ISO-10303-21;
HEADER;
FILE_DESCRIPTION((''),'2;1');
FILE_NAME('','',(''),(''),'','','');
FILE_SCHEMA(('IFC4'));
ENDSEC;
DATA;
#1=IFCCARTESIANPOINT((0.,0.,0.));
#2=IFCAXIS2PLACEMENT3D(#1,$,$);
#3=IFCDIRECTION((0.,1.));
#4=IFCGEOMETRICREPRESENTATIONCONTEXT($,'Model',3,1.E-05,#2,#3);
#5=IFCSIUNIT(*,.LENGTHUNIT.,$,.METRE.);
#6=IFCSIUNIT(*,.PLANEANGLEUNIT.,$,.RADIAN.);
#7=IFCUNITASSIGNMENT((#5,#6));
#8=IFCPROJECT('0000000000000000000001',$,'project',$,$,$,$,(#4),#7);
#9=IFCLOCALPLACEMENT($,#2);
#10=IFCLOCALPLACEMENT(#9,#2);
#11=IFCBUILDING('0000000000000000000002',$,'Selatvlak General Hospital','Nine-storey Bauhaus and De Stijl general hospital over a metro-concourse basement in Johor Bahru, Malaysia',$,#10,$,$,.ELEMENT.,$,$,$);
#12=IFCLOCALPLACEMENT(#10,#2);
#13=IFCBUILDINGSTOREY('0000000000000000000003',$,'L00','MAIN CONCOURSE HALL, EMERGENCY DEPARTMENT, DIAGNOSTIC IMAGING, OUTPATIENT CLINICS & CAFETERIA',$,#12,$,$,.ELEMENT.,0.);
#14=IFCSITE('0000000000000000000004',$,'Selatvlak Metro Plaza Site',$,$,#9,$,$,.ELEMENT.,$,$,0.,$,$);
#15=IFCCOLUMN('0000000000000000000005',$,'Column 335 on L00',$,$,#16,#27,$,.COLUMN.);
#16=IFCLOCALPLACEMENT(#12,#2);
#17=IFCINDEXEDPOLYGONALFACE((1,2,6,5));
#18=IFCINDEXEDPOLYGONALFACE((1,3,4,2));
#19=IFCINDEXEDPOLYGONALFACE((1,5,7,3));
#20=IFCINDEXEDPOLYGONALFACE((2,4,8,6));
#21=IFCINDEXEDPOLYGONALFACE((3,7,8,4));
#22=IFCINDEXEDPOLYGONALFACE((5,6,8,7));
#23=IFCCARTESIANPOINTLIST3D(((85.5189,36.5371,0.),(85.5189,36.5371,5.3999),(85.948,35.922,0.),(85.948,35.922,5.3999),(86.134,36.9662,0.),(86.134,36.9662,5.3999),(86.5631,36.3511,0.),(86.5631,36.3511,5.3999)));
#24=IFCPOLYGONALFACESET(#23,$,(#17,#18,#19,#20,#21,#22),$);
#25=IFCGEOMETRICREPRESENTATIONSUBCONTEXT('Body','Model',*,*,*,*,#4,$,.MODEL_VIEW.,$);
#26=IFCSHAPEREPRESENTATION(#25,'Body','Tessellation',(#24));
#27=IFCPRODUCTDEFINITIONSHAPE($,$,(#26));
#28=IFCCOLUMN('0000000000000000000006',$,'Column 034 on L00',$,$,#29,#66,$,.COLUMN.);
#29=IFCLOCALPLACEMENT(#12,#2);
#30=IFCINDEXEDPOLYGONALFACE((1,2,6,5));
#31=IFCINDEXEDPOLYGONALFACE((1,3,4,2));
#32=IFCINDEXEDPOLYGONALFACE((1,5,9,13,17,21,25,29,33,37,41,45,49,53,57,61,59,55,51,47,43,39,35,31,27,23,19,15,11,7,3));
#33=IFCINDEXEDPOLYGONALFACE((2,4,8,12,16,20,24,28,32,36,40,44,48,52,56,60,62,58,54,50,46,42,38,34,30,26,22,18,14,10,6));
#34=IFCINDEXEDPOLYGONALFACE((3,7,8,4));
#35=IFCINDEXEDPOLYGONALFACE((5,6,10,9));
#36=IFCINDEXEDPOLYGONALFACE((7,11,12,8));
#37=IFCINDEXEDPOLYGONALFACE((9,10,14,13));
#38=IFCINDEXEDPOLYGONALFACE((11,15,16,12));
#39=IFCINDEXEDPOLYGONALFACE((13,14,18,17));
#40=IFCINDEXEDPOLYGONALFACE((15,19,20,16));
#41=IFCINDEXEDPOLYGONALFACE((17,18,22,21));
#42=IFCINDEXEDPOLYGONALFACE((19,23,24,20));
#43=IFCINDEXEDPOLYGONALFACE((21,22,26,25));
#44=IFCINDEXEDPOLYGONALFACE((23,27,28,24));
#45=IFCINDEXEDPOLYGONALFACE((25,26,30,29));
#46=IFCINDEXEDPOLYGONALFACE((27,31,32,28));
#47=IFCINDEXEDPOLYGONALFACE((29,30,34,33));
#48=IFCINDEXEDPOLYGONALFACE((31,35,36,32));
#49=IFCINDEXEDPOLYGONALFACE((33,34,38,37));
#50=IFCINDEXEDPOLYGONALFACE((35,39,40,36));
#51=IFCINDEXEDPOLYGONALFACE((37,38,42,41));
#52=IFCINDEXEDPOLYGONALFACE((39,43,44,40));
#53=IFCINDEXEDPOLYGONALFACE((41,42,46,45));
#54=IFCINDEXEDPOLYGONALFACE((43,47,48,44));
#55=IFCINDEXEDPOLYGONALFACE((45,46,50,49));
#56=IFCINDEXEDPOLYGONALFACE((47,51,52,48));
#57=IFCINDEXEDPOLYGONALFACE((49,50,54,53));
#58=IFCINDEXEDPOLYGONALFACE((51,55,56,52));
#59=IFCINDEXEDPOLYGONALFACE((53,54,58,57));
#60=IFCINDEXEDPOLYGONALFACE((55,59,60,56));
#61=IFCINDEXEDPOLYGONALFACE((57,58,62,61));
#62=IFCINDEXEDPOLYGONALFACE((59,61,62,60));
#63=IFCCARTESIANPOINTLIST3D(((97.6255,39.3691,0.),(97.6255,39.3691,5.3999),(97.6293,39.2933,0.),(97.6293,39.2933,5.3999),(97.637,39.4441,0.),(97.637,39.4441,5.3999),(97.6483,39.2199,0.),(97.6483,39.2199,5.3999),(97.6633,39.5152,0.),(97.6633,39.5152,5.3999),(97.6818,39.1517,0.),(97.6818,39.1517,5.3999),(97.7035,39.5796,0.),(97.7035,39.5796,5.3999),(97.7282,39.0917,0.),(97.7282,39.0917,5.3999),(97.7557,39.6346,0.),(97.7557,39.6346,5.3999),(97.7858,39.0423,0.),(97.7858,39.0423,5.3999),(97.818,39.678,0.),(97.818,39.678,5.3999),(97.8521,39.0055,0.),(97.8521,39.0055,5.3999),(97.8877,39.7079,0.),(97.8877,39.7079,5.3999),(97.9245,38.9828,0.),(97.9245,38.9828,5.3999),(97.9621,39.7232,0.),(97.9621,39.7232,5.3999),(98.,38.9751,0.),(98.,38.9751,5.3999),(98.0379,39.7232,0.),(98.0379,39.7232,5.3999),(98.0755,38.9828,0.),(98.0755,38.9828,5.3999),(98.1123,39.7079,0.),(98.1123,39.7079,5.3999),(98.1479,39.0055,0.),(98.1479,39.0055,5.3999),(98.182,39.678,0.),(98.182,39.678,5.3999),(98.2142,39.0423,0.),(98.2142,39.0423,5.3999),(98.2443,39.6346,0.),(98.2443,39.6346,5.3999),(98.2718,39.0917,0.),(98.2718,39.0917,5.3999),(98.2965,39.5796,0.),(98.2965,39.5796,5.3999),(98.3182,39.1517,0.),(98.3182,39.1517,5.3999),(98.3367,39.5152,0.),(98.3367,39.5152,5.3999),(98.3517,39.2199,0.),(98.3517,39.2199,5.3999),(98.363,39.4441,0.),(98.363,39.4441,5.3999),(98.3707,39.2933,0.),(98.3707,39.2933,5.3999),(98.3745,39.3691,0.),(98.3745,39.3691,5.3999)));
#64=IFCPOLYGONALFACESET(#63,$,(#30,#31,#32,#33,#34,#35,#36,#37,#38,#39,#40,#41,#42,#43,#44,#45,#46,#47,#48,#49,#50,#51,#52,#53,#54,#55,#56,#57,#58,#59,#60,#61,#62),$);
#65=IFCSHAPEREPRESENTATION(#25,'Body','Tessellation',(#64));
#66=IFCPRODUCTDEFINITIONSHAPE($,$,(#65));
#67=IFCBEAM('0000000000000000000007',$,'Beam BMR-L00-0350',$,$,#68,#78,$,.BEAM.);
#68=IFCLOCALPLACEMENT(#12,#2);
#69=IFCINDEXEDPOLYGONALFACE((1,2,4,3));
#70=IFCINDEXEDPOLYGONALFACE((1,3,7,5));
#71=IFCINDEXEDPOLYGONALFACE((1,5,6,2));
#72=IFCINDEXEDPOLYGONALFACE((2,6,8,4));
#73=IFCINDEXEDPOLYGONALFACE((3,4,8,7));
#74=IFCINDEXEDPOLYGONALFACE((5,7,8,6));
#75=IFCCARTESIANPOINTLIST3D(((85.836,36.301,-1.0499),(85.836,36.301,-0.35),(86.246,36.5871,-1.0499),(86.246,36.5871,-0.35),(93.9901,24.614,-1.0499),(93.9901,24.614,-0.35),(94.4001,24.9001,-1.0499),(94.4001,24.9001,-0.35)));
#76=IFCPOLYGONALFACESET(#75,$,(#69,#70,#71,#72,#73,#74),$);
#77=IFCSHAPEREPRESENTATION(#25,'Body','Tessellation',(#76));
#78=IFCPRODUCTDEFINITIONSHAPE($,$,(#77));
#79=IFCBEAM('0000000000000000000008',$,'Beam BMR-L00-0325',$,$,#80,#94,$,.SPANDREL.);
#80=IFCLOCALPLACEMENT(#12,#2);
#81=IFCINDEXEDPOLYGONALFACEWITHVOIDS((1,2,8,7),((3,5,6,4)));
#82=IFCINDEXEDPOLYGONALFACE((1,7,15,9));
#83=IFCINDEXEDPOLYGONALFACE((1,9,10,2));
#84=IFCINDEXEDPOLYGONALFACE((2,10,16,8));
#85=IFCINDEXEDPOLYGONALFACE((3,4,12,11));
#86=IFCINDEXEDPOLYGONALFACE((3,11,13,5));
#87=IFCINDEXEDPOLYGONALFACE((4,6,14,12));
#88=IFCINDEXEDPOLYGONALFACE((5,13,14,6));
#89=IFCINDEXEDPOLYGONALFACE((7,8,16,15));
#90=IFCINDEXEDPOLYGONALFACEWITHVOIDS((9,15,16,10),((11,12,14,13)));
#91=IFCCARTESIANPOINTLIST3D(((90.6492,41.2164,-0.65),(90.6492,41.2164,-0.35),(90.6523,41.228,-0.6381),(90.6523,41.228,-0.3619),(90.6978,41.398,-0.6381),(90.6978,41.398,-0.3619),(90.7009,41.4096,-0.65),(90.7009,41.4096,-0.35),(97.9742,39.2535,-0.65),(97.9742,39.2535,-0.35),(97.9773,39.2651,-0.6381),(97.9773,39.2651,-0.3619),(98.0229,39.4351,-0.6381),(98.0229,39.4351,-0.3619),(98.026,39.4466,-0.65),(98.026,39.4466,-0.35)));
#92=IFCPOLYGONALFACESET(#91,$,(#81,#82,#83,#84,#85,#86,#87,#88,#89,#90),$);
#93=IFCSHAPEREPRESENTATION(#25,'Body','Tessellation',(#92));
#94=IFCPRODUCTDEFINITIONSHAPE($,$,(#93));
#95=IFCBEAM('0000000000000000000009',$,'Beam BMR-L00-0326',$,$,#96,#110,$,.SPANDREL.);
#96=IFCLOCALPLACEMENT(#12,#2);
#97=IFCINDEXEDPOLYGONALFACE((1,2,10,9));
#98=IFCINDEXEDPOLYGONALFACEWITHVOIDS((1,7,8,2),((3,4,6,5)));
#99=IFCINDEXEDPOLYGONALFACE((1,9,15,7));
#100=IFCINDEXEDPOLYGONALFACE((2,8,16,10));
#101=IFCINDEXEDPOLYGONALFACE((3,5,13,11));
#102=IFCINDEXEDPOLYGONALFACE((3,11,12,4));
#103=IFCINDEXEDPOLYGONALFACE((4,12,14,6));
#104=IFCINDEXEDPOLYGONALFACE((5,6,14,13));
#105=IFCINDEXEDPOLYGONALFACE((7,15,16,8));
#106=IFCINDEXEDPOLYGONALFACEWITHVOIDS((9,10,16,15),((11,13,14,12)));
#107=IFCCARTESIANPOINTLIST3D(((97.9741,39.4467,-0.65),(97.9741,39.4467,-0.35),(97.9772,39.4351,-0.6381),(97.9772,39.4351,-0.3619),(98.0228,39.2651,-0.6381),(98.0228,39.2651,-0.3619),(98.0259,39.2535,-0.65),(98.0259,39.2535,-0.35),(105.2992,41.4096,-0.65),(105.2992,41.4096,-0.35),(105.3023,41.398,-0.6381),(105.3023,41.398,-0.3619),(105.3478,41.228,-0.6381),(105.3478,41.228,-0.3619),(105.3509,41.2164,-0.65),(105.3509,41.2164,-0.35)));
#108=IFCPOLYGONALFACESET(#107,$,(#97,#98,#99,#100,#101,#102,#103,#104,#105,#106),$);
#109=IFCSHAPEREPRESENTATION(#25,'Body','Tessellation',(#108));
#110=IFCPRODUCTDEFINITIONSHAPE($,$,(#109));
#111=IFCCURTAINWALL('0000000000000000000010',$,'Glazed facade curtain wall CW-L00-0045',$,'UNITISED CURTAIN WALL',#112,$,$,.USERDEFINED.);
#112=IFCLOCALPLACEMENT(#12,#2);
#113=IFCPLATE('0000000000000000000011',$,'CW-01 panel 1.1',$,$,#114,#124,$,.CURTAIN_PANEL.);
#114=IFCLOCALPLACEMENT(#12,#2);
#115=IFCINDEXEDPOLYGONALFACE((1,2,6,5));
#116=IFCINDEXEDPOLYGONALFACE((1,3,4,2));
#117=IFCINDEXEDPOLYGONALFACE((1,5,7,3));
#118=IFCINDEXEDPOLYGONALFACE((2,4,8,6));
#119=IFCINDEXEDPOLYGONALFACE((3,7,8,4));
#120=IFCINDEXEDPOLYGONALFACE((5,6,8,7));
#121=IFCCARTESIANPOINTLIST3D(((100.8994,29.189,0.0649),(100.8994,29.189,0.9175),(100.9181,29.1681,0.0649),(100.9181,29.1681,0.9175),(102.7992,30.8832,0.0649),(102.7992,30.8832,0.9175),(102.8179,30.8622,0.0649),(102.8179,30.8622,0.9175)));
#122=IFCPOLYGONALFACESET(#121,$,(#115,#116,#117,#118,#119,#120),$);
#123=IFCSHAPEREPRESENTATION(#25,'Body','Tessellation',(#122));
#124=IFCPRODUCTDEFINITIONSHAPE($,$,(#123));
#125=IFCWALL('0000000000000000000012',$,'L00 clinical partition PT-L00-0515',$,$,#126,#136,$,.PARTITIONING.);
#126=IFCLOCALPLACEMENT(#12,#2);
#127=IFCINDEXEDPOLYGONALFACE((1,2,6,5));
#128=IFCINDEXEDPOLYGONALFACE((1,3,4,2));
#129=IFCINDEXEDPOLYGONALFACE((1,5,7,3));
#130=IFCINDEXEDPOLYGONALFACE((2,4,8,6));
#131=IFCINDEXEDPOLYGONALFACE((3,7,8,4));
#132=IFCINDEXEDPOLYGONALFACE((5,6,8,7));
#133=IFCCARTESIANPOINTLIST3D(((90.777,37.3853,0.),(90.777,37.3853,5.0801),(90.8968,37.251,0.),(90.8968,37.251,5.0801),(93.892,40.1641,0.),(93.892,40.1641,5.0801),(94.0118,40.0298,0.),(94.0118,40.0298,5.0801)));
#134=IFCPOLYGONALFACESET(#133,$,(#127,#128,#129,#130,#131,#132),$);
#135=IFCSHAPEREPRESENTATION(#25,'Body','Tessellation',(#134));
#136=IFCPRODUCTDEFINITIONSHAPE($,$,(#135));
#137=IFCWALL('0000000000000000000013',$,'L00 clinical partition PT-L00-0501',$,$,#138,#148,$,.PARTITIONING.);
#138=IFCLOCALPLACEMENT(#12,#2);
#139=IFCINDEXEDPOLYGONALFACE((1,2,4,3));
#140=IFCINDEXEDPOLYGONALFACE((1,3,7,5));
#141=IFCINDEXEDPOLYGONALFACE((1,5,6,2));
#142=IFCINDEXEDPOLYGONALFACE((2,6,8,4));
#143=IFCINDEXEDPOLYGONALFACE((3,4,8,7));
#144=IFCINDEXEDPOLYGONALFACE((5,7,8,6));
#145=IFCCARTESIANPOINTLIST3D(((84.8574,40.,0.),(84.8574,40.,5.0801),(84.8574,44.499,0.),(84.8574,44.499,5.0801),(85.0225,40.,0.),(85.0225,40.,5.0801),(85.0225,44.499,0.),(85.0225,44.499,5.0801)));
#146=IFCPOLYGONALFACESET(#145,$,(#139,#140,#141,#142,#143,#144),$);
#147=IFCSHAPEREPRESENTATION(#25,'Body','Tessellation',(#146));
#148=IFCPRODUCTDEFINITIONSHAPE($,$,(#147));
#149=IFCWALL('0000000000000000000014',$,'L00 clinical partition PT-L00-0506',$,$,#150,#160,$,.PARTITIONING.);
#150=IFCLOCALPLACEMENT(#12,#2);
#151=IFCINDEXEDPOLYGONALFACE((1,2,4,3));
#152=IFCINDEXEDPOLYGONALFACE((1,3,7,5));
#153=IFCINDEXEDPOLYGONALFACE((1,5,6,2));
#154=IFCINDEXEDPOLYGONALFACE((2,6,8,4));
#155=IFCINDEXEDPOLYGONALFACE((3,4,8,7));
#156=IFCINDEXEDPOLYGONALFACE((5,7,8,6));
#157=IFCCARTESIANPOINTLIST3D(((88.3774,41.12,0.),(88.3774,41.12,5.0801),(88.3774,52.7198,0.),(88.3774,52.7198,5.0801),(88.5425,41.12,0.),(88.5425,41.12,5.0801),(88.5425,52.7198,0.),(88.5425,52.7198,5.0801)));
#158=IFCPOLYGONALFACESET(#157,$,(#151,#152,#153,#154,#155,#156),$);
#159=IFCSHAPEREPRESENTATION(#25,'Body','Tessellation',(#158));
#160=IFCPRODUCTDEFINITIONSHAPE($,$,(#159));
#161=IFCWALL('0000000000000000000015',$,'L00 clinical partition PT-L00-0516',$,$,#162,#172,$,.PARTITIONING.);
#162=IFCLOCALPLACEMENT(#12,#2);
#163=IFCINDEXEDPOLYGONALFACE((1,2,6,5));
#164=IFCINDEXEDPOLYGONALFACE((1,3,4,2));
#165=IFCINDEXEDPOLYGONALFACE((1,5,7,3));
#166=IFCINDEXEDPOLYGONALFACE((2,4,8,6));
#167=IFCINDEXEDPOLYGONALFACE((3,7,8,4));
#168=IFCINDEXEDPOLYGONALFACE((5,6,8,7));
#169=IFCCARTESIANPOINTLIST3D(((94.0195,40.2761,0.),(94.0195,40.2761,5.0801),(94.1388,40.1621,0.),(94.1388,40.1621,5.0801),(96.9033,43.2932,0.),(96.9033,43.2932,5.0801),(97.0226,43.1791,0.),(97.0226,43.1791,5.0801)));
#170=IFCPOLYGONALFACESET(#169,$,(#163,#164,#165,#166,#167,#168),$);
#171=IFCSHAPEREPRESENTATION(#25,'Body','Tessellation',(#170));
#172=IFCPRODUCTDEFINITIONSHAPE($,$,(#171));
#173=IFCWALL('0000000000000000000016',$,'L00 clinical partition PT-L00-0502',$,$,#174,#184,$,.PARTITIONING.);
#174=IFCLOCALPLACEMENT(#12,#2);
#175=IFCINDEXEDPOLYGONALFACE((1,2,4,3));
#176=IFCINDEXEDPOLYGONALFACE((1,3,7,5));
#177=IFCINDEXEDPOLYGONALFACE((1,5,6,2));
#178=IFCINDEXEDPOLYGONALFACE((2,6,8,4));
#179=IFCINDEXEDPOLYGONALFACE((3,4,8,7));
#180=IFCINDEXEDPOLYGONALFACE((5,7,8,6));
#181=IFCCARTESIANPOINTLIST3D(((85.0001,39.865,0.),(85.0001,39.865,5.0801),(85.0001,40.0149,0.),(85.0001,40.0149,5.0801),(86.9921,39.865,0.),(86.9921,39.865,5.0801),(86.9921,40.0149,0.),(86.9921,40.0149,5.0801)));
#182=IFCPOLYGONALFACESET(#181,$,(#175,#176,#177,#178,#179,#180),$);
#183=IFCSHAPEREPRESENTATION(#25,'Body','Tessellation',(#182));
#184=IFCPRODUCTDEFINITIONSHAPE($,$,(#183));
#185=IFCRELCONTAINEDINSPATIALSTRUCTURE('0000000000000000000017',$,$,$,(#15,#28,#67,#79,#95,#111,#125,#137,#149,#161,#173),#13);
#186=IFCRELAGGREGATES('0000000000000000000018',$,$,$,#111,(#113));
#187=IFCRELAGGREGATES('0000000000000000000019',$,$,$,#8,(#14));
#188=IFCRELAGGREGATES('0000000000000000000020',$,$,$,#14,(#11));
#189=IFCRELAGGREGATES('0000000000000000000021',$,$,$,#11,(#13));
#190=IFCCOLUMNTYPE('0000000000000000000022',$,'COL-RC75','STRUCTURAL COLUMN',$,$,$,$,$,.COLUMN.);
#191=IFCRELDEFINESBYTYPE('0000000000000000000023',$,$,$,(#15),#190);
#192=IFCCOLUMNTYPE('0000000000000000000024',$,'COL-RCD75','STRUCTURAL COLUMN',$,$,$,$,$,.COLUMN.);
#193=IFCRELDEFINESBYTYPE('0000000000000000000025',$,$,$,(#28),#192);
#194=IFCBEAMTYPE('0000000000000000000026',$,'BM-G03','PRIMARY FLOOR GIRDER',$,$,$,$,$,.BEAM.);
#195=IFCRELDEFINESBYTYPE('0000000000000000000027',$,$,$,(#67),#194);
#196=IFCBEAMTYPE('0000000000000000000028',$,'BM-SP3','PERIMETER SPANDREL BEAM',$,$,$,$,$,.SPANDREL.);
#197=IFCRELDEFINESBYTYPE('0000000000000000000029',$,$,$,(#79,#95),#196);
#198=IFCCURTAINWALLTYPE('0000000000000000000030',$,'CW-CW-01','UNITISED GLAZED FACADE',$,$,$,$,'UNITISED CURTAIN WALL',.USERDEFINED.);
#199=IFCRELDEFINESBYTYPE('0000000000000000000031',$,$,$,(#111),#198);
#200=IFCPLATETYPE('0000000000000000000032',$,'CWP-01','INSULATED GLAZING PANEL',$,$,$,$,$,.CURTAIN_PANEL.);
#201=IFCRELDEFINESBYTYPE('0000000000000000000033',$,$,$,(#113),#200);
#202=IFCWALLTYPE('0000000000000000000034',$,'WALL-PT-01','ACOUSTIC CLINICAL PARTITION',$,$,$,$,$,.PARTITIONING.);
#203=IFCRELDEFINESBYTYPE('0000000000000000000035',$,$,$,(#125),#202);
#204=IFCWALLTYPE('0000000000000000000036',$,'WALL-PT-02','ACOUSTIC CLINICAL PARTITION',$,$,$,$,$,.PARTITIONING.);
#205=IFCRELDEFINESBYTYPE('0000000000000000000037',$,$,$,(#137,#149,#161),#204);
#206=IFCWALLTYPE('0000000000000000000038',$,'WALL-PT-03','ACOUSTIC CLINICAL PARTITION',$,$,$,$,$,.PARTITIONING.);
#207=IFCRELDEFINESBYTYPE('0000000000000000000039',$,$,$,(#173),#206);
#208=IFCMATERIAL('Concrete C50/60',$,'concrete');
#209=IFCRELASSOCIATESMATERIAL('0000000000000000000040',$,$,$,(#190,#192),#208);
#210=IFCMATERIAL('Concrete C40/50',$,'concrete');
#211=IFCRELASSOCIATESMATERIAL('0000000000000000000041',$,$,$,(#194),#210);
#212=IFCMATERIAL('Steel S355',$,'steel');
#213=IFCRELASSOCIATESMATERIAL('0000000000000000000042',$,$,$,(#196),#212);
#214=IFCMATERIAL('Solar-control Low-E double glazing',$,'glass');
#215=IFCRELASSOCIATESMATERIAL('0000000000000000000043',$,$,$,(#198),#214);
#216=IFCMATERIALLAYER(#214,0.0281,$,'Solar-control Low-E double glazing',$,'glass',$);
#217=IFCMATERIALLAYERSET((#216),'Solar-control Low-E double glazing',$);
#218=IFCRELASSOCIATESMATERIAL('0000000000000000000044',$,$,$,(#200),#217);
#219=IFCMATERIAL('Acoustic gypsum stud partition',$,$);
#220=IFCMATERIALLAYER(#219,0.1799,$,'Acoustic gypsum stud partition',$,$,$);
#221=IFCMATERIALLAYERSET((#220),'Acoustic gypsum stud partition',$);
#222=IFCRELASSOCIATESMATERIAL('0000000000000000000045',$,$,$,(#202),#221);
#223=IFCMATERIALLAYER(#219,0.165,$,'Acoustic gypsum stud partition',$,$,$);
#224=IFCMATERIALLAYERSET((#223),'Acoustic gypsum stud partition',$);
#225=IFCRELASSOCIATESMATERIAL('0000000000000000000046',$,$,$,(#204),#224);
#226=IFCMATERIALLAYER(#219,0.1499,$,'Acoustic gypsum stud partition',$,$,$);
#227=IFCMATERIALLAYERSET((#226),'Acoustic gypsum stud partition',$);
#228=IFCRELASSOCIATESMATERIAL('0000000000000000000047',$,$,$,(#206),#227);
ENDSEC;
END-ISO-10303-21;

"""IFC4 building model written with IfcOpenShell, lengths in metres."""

from ifc_helpers import new_model, si_unit, direction, frame, frame_2d, origin, origin_2d, place, context, subcontext, project, spatial, rectangle, hollow_rectangle, circle, extrude, material, layer, layer_set, material_profile, profile_set, type_object, element, aggregate, save


model = new_model("IFC4")

# Units and contexts
model_context = context("Model", 3, precision=1e-05, world=origin(), true_north=direction((0.0, 1.0)))
body_context = subcontext(model_context, "Body", "Model", "MODEL_VIEW")
ifc_project = project(units=[si_unit("LENGTHUNIT", "METRE"), si_unit("PLANEANGLEUNIT", "RADIAN")], contexts=[model_context])

# Site, building, storey
site_placement = place(None, origin())
site = spatial("IfcSite", under=ifc_project, at=site_placement, Name="Selatvlak Metro Plaza Site", CompositionType="ELEMENT", RefElevation=0.0)
building_placement = place(site_placement, origin())
building = spatial("IfcBuilding", under=site, at=building_placement, Name="Selatvlak General Hospital", Description="Nine-storey Bauhaus and De Stijl general hospital over a metro-concourse basement in Johor Bahru, Malaysia", CompositionType="ELEMENT")
storey_placement = place(building_placement, origin())
storey = spatial("IfcBuildingStorey", under=building, at=storey_placement, Name="L00", Description="MAIN CONCOURSE HALL, EMERGENCY DEPARTMENT, DIAGNOSTIC IMAGING, OUTPATIENT CLINICS & CAFETERIA", CompositionType="ELEMENT", Elevation=0.0)

# Columns
ifc_material_1 = material(Name="Concrete C50/60", Category="concrete")
ifc_material_profile_1 = material_profile(ifc_material_1, rectangle(XDim=0.75, YDim=0.75, at=origin_2d()), Name="RC-COL 750x750")
ifc_profile_set_1 = profile_set([ifc_material_profile_1], Name="Concrete C50/60")
column_type_1 = type_object("IfcColumnType", Name="COL-RC75", Description="STRUCTURAL COLUMN", PredefinedType="COLUMN", material=ifc_profile_set_1)
column_placement = place(storey_placement, frame((86.041, 36.4441, 0.0), z_axis=(0.0, 0.0, 1.0), x_axis=(-0.572189, 0.820122, 0.0)))
element("IfcColumn", 1, at=column_placement, inside=storey, type_object=column_type_1, Name="Column 335 on L00", PredefinedType="COLUMN", context=body_context, shape_type="SweptSolid", body=[
    extrude(rectangle(XDim=0.75, YDim=0.75, at=origin_2d()), origin(), (0.0, 0.0, 1.0), 5.3999),
])
ifc_material_profile_2 = material_profile(ifc_material_1, circle(Radius=0.375, at=origin_2d()), Name="RC-COL D750")
ifc_profile_set_2 = profile_set([ifc_material_profile_2], Name="Concrete C50/60")
column_type_2 = type_object("IfcColumnType", Name="COL-RCD75", Description="STRUCTURAL COLUMN", PredefinedType="COLUMN", material=ifc_profile_set_2)
for number, where, z_axis, x_axis, name in (
    (2, (98.0, 39.3501, 0.0), (0.0, 0.0, 1.0), (0.0, -1.0, 0.0), "Column 034 on L00"),
):
    element("IfcColumn", number, at=place(storey_placement, frame(where, z_axis=z_axis, x_axis=x_axis)), inside=storey, type_object=column_type_2, Name=name, PredefinedType="COLUMN", context=body_context, shape_type="SweptSolid", body=[
        extrude(circle(Radius=0.375, at=origin_2d()), origin(), (0.0, 0.0, 1.0), 5.3999),
    ])

# Beams
ifc_material_2 = material(Name="Concrete C40/50", Category="concrete")
ifc_material_profile_3 = material_profile(ifc_material_2, rectangle(XDim=0.5, YDim=0.7, at=origin_2d()), Name="RC-BM 500x700")
ifc_profile_set_3 = profile_set([ifc_material_profile_3], Name="Concrete C40/50")
beam_type_1 = type_object("IfcBeamType", Name="BM-G03", Description="PRIMARY FLOOR GIRDER", PredefinedType="BEAM", material=ifc_profile_set_3)
beam_placement = place(storey_placement, frame((86.041, 36.4441, -0.7), z_axis=(0.572197, -0.820116, 0.0), x_axis=(0.820116, 0.572197, 0.0)))
element("IfcBeam", 3, at=beam_placement, inside=storey, type_object=beam_type_1, Name="Beam BMR-L00-0350", PredefinedType="BEAM", context=body_context, shape_type="SweptSolid", body=[
    extrude(rectangle(XDim=0.5, YDim=0.7, at=origin_2d()), origin(), (0.0, 0.0, 1.0), 14.2505),
])
ifc_material_3 = material(Name="Steel S355", Category="steel")
ifc_material_profile_4 = material_profile(ifc_material_3, hollow_rectangle(XDim=0.2, YDim=0.3, WallThickness=0.012, at=origin_2d()), Name="RHS 300x200x12")
ifc_profile_set_4 = profile_set([ifc_material_profile_4], Name="Steel S355")
beam_type_2 = type_object("IfcBeamType", Name="BM-SP3", Description="PERIMETER SPANDREL BEAM", PredefinedType="SPANDREL", material=ifc_profile_set_4)
for number, where, z_axis, x_axis, name in (
    (4, (90.675, 41.313, -0.5), (0.96592, -0.258841, 0.0), (0.258841, 0.96592, 0.0), "Beam BMR-L00-0325"),
    (5, (98.0, 39.3501, -0.5), (0.96592, 0.258841, 0.0), (-0.258841, 0.96592, 0.0), "Beam BMR-L00-0326"),
):
    element("IfcBeam", number, at=place(storey_placement, frame(where, z_axis=z_axis, x_axis=x_axis)), inside=storey, type_object=beam_type_2, Name=name, PredefinedType="SPANDREL", context=body_context, shape_type="SweptSolid", body=[
        extrude(hollow_rectangle(XDim=0.2, YDim=0.3, WallThickness=0.012, at=origin_2d()), origin(), (0.0, 0.0, 1.0), 7.5835),
    ])

# Curtain wall, plate
ifc_material_4 = material(Name="Solar-control Low-E double glazing", Category="glass")
curtain_wall_type = type_object("IfcCurtainWallType", Name="CW-CW-01", Description="UNITISED GLAZED FACADE", ElementType="UNITISED CURTAIN WALL", PredefinedType="USERDEFINED", material=ifc_material_4)
curtain_wall_placement = place(storey_placement, origin())
curtain_wall = element("IfcCurtainWall", 6, at=curtain_wall_placement, inside=storey, type_object=curtain_wall_type, Name="Glazed facade curtain wall CW-L00-0045", ObjectType="UNITISED CURTAIN WALL", PredefinedType="USERDEFINED")
ifc_layer_1 = layer(ifc_material_4, 0.0281, Name="Solar-control Low-E double glazing", Category="glass")
ifc_layer_set_1 = layer_set([ifc_layer_1], Name="Solar-control Low-E double glazing")
plate_type = type_object("IfcPlateType", Name="CWP-01", Description="INSULATED GLAZING PANEL", PredefinedType="CURTAIN_PANEL", material=ifc_layer_set_1)
plate_placement = place(storey_placement, frame((101.8586, 30.0256, 0.0649), z_axis=(0.0, 0.0, 1.0), x_axis=(-0.746344, -0.665561, 0.0)))
plate = element("IfcPlate", 7, at=plate_placement, type_object=plate_type, Name="CW-01 panel 1.1", PredefinedType="CURTAIN_PANEL", context=body_context, shape_type="SweptSolid", body=[
    extrude(rectangle(XDim=2.5454, YDim=0.0281, at=origin_2d()), origin(), (0.0, 0.0, 1.0), 0.8525),
])
aggregate(curtain_wall, [plate])

# Shared definitions
ifc_material_5 = material(Name="Acoustic gypsum stud partition")
ifc_layer_2 = layer(ifc_material_5, 0.1799, Name="Acoustic gypsum stud partition")
ifc_layer_set_2 = layer_set([ifc_layer_2], Name="Acoustic gypsum stud partition")
wall_type_1 = type_object("IfcWallType", Name="WALL-PT-01", Description="ACOUSTIC CLINICAL PARTITION", PredefinedType="PARTITIONING", material=ifc_layer_set_2)

# Walls
wall_1_placement = place(storey_placement, frame((90.8369, 37.3181, 0.0), z_axis=(0.0, 0.0, 1.0), x_axis=(0.746227, 0.665691, 0.0)))
element("IfcWall", 8, at=wall_1_placement, inside=storey, type_object=wall_type_1, Name="L00 clinical partition PT-L00-0515", PredefinedType="PARTITIONING", context=body_context, shape_type="SweptSolid", body=[
    extrude(rectangle(XDim=4.1743, YDim=0.1799, at=frame_2d((2.0872, 0.0))), origin(), (0.0, 0.0, 1.0), 5.0801),
])
ifc_layer_3 = layer(ifc_material_5, 0.165, Name="Acoustic gypsum stud partition")
ifc_layer_set_3 = layer_set([ifc_layer_3], Name="Acoustic gypsum stud partition")
wall_type_2 = type_object("IfcWallType", Name="WALL-PT-02", Description="ACOUSTIC CLINICAL PARTITION", PredefinedType="PARTITIONING", material=ifc_layer_set_3)
wall_2_placement = place(storey_placement, frame((84.9399, 44.499, 0.0), z_axis=(0.0, 0.0, 1.0), x_axis=(0.0, -1.0, 0.0)))
element("IfcWall", 9, at=wall_2_placement, inside=storey, type_object=wall_type_2, Name="L00 clinical partition PT-L00-0501", PredefinedType="PARTITIONING", context=body_context, shape_type="SweptSolid", body=[
    extrude(rectangle(XDim=4.499, YDim=0.165, at=frame_2d((2.2495, 0.0))), origin(), (0.0, 0.0, 1.0), 5.0801),
])
wall_3_placement = place(storey_placement, frame((88.46, 41.1201, 0.0), z_axis=(0.0, 0.0, 1.0), x_axis=(0.0, 1.0, 0.0)))
element("IfcWall", 10, at=wall_3_placement, inside=storey, type_object=wall_type_2, Name="L00 clinical partition PT-L00-0506", PredefinedType="PARTITIONING", context=body_context, shape_type="SweptSolid", body=[
    extrude(rectangle(XDim=11.5999, YDim=0.165, at=frame_2d((5.7998, 0.0))), origin(), (0.0, 0.0, 1.0), 5.0801),
])
wall_4_placement = place(storey_placement, frame((94.0791, 40.219, 0.0), z_axis=(0.0, 0.0, 1.0), x_axis=(0.690957, 0.722896, 0.0)))
element("IfcWall", 11, at=wall_4_placement, inside=storey, type_object=wall_type_2, Name="L00 clinical partition PT-L00-0516", PredefinedType="PARTITIONING", context=body_context, shape_type="SweptSolid", body=[
    extrude(rectangle(XDim=4.1736, YDim=0.165, at=frame_2d((2.0869, 0.0))), origin(), (0.0, 0.0, 1.0), 5.0801),
])
ifc_layer_4 = layer(ifc_material_5, 0.1499, Name="Acoustic gypsum stud partition")
ifc_layer_set_4 = layer_set([ifc_layer_4], Name="Acoustic gypsum stud partition")
wall_type_3 = type_object("IfcWallType", Name="WALL-PT-03", Description="ACOUSTIC CLINICAL PARTITION", PredefinedType="PARTITIONING", material=ifc_layer_set_4)
wall_5_placement = place(storey_placement, frame((85.0, 39.9399, 0.0), z_axis=(0.0, 0.0, 1.0), x_axis=(1.0, 0.0, 0.0)))
element("IfcWall", 12, at=wall_5_placement, inside=storey, type_object=wall_type_3, Name="L00 clinical partition PT-L00-0502", PredefinedType="PARTITIONING", context=body_context, shape_type="SweptSolid", body=[
    extrude(rectangle(XDim=1.9919, YDim=0.1499, at=frame_2d((0.9961, 0.0))), origin(), (0.0, 0.0, 1.0), 5.0801),
])

save(model, "model.ifc")
